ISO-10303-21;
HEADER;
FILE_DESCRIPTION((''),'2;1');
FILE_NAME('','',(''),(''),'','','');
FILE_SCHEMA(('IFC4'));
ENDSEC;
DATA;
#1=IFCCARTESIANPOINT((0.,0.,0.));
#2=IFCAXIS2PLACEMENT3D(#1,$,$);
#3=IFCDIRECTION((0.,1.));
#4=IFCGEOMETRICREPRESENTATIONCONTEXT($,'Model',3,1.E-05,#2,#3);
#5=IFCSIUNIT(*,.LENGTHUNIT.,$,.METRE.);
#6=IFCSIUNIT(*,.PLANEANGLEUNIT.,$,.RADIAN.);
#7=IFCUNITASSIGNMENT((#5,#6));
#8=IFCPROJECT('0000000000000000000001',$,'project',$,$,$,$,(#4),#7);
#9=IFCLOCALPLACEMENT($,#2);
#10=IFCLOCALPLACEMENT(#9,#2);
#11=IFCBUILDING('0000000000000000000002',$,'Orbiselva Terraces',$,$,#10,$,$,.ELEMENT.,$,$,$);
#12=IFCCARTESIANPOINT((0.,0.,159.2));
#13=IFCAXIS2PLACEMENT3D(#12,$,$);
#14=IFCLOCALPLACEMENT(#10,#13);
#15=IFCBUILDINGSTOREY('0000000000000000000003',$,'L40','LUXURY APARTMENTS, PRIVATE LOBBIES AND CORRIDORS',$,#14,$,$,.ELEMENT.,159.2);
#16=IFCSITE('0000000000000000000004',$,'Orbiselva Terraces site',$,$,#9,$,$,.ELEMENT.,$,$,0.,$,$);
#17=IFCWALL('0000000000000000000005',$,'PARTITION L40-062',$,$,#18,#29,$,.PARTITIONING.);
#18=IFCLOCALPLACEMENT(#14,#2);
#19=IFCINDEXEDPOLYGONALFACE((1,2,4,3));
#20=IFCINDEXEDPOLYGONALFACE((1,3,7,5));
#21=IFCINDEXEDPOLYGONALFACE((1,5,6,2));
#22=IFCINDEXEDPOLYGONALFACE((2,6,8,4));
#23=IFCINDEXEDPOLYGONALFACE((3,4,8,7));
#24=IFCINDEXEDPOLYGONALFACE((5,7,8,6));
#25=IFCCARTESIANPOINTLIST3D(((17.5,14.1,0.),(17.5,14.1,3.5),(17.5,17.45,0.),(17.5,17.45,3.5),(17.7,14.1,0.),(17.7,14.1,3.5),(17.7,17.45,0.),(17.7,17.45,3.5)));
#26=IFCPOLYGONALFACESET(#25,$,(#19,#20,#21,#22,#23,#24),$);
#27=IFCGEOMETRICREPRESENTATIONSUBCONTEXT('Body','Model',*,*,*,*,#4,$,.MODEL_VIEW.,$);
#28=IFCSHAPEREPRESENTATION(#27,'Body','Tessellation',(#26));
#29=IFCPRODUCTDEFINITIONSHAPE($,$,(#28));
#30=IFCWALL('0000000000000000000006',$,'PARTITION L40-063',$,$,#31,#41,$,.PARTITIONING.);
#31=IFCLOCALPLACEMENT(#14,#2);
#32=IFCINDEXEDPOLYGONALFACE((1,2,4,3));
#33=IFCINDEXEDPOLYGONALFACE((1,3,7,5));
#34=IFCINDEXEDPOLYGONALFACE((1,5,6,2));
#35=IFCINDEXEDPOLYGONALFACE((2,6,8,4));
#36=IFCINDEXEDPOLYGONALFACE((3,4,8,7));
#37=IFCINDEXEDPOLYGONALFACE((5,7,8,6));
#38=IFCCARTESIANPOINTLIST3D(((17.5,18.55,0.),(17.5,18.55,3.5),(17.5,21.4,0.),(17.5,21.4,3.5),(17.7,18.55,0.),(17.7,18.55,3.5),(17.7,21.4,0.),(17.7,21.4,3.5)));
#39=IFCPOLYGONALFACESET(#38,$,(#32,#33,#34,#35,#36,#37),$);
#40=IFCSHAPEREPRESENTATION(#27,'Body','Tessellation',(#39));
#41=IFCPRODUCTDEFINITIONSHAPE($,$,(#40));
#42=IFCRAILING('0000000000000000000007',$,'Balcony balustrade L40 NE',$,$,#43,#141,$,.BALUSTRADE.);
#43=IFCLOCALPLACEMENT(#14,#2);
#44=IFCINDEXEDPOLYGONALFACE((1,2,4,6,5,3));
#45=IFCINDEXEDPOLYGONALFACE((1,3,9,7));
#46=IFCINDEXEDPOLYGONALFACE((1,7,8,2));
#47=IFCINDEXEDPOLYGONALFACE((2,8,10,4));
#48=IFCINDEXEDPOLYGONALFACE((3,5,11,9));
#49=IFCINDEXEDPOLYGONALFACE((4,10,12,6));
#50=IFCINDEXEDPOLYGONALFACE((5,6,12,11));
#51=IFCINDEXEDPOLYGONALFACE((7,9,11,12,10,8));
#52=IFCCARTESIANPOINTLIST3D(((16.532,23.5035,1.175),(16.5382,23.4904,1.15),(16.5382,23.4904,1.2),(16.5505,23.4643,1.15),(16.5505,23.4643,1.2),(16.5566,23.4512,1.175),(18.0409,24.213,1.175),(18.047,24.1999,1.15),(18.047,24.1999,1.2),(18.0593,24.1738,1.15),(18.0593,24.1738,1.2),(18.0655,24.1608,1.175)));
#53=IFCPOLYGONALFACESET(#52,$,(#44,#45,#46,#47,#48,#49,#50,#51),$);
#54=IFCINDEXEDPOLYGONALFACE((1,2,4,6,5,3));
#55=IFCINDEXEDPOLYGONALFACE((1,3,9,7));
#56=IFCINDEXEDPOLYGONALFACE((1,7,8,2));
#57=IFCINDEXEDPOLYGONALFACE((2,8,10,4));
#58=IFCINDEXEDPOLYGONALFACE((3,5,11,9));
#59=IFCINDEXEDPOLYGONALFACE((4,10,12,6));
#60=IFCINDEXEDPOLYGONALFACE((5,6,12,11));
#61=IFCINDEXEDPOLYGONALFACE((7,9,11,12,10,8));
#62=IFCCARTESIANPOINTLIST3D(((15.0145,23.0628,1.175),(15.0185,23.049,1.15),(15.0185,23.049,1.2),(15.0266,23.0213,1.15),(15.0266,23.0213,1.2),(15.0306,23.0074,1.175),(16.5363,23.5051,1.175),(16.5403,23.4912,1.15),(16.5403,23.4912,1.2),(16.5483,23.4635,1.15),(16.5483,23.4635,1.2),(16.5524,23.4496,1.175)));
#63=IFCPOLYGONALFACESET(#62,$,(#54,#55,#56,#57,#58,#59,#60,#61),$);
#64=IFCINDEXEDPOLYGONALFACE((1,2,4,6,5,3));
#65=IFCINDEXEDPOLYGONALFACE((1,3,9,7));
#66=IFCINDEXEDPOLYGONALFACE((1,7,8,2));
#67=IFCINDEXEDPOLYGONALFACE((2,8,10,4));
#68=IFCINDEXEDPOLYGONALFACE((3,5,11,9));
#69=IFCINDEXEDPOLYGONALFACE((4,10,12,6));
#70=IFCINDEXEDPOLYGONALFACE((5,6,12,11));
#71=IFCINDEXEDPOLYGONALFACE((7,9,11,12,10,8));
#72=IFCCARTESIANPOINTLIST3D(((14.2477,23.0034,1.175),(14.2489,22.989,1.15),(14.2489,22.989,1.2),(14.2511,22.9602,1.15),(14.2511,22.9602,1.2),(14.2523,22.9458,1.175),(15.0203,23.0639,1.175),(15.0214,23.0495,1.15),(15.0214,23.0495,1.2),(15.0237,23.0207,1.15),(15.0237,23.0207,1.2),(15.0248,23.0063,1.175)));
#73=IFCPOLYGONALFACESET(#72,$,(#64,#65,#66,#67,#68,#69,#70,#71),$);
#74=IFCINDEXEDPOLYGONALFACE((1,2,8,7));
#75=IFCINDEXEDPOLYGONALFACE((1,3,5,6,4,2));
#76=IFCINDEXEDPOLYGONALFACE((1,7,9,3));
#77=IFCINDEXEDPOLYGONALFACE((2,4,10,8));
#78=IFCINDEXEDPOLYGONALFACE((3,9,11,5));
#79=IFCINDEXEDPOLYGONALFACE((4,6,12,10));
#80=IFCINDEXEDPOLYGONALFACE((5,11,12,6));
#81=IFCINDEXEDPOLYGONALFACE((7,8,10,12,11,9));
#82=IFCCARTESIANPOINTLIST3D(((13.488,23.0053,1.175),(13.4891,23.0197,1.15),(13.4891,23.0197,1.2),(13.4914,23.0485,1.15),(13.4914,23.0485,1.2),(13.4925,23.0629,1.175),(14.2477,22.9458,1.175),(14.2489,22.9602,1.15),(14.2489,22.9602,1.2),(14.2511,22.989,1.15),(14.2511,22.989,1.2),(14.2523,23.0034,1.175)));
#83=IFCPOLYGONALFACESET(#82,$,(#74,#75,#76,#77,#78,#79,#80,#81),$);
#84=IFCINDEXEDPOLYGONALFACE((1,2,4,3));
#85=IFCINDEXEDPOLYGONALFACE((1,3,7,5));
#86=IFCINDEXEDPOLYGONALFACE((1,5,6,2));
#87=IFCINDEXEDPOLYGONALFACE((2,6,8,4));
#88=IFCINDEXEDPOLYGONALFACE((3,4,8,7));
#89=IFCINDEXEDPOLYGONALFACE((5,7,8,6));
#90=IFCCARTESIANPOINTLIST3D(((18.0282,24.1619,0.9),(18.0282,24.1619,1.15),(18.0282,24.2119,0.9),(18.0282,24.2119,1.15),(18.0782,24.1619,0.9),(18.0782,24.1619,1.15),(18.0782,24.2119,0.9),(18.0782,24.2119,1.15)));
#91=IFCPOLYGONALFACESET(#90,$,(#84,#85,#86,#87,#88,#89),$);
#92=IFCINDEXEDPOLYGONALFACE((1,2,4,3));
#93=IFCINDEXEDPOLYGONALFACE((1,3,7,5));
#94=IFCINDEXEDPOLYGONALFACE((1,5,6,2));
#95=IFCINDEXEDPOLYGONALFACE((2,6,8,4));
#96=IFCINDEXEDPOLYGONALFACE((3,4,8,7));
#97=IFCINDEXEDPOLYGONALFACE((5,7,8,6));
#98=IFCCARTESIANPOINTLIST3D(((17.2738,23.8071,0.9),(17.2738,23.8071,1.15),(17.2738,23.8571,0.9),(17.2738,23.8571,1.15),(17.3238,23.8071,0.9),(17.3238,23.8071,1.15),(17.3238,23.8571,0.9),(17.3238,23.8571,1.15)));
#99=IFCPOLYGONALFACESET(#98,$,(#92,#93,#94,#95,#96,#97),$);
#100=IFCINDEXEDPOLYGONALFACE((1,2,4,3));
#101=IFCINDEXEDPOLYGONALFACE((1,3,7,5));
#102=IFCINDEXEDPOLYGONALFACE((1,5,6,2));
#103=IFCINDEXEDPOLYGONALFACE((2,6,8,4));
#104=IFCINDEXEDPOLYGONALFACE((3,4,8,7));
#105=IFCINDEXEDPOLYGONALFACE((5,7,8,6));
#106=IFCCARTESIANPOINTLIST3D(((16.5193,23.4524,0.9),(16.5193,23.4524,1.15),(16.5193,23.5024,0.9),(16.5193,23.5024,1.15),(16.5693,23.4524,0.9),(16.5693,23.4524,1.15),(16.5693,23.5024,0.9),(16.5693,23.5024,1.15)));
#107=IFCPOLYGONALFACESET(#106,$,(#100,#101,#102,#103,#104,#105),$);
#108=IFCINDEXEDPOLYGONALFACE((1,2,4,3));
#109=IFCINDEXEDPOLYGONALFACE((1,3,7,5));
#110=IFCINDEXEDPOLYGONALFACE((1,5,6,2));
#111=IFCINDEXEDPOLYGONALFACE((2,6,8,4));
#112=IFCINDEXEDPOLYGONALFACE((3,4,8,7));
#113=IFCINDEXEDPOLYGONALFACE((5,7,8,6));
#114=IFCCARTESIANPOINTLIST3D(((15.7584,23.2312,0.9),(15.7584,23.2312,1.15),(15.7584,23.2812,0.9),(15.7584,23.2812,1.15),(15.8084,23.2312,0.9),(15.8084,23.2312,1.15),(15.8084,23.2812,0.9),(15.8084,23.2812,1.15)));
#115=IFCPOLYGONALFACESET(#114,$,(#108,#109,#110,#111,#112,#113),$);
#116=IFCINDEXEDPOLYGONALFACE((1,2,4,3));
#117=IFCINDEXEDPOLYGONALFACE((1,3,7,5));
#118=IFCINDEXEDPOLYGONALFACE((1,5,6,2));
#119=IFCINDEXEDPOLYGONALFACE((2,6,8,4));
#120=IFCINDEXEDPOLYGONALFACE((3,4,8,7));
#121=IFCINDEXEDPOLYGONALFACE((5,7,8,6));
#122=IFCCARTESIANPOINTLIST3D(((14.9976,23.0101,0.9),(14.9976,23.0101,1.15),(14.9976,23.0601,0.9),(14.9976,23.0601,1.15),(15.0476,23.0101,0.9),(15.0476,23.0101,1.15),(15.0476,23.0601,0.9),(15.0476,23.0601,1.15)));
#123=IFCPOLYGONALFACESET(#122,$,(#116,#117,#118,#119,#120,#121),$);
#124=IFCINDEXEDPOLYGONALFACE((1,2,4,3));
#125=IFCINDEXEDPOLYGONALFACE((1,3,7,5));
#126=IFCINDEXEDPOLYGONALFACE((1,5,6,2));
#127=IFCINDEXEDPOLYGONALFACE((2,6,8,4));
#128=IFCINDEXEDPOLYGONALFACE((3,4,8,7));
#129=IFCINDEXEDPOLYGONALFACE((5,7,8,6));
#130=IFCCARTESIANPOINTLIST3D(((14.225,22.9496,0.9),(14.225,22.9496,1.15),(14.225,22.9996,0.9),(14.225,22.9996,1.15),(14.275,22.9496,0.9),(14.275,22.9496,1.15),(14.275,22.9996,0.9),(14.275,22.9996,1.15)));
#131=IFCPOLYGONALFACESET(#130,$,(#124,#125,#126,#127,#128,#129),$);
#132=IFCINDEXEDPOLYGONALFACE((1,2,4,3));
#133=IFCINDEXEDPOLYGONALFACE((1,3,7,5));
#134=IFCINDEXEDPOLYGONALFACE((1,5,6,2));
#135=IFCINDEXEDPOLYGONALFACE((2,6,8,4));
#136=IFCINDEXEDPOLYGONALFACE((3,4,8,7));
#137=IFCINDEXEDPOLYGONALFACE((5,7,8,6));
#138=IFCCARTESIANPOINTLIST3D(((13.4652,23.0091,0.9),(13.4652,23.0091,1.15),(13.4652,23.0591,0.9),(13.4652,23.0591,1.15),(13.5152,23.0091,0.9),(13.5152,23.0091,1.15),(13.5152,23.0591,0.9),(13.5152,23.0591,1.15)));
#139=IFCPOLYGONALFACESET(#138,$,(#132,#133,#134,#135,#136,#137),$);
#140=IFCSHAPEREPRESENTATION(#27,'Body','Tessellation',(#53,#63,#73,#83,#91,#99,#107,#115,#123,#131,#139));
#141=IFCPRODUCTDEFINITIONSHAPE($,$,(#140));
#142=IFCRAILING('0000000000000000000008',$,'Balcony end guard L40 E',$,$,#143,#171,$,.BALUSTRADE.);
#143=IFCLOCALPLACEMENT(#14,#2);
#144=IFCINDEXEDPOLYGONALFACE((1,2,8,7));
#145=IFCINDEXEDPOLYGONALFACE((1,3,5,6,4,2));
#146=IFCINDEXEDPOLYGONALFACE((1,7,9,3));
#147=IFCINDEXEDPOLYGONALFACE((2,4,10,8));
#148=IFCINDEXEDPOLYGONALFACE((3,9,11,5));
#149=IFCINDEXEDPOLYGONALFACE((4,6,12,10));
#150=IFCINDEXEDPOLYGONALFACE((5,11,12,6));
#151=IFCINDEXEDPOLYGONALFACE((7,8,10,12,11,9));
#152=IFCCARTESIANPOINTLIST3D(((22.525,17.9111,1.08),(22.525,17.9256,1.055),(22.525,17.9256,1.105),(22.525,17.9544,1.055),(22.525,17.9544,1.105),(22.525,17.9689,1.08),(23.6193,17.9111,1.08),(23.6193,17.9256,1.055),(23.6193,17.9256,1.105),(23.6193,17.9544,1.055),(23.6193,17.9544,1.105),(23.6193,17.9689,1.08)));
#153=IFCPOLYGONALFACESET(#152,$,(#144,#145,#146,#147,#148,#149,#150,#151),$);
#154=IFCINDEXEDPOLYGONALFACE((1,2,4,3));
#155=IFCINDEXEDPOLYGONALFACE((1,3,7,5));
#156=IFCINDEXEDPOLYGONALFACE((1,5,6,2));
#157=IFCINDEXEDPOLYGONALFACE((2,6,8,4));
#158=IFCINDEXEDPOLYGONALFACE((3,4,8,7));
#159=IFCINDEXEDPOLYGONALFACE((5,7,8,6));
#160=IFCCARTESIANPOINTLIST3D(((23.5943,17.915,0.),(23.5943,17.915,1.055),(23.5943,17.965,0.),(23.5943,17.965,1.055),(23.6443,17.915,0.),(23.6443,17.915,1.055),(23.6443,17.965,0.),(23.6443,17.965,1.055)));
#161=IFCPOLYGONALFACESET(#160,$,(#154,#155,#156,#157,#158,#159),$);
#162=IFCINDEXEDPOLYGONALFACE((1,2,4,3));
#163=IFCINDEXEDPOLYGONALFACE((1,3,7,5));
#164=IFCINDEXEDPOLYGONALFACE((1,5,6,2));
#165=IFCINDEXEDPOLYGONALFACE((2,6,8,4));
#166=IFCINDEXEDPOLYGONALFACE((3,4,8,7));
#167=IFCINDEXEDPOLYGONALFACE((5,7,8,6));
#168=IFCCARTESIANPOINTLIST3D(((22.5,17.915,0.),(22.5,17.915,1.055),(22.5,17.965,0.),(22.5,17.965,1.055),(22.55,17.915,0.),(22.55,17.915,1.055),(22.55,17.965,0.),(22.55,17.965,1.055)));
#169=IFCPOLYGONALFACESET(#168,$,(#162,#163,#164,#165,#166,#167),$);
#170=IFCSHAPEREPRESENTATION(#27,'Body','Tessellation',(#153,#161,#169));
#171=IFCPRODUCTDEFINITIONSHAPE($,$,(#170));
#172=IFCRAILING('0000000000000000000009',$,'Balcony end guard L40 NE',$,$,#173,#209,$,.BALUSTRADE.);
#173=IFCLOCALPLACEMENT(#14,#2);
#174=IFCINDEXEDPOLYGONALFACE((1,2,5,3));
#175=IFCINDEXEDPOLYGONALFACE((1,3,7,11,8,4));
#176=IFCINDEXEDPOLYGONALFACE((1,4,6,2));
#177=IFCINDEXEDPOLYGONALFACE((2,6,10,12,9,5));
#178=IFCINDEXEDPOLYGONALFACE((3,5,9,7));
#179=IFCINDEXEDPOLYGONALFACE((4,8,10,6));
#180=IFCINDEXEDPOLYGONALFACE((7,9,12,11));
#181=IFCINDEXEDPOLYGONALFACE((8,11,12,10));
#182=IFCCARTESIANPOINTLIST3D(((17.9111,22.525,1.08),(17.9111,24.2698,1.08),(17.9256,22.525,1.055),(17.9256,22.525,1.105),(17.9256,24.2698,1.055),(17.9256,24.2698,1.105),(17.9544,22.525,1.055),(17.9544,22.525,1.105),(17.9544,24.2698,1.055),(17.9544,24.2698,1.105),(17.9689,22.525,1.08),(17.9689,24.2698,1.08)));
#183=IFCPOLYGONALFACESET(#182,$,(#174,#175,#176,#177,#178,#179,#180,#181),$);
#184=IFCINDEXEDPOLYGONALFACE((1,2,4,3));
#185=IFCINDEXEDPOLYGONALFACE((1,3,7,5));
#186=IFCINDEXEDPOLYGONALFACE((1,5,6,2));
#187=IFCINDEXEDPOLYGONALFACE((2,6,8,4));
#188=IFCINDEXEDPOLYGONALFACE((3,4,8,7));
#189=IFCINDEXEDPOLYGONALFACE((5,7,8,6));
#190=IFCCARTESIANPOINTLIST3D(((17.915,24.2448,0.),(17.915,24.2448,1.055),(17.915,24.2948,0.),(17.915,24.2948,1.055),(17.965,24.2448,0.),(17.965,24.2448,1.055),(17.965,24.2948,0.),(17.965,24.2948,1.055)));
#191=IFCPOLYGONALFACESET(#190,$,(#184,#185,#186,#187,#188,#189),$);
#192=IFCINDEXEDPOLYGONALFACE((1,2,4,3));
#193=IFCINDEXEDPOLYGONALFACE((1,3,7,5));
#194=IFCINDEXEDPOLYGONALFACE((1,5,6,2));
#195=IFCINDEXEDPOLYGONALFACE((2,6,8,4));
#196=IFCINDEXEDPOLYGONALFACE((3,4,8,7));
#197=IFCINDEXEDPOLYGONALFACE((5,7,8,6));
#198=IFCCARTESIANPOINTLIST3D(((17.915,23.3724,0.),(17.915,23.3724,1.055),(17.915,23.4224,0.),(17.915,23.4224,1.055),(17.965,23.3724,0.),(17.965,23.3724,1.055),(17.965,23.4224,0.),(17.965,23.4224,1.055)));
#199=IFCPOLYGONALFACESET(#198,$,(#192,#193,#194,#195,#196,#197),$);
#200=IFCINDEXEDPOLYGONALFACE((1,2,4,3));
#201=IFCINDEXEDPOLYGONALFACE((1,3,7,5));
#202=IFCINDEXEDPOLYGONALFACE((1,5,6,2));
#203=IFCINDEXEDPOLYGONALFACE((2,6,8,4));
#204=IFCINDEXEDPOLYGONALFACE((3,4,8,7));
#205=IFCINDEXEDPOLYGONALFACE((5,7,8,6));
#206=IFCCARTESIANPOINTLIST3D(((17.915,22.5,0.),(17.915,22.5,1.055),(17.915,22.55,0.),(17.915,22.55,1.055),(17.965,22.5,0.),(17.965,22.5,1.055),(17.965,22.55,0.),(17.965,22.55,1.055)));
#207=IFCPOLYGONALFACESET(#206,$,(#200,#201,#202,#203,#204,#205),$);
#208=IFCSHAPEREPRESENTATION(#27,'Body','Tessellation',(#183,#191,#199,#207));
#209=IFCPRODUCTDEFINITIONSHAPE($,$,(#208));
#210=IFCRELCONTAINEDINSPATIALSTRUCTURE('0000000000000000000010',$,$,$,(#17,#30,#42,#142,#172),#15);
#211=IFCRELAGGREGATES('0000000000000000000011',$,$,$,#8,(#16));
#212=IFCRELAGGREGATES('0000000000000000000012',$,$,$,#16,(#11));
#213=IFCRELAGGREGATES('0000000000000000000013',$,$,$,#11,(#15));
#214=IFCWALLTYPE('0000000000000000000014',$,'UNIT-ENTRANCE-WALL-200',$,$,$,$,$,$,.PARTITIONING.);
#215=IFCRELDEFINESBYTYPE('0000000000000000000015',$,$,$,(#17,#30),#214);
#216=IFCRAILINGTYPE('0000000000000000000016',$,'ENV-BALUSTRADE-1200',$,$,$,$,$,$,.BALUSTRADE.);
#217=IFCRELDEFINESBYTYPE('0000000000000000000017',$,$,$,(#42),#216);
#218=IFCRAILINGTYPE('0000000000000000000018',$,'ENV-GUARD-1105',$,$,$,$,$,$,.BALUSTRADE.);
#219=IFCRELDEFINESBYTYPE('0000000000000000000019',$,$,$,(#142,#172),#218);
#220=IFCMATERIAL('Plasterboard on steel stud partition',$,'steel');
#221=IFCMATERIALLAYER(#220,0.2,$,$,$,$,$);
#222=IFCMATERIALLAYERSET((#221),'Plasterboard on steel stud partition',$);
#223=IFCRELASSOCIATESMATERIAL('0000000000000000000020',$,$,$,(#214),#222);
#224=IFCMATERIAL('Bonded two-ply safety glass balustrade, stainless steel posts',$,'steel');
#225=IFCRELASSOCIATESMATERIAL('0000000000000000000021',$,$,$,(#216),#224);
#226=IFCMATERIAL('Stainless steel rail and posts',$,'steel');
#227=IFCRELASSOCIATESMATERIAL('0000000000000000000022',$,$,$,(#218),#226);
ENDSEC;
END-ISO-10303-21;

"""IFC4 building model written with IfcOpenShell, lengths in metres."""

from ifc_helpers import new_model, si_unit, direction, frame, frame_2d, origin, origin_2d, place, context, subcontext, project, spatial, polyline, rectangle, outline, extrude, material, layer, layer_set, type_object, element, save


model = new_model("IFC4")

# Units and contexts
model_context = context("Model", 3, precision=1e-05, world=origin(), true_north=direction((0.0, 1.0)))
body_context = subcontext(model_context, "Body", "Model", "MODEL_VIEW")
ifc_project = project(units=[si_unit("LENGTHUNIT", "METRE"), si_unit("PLANEANGLEUNIT", "RADIAN")], contexts=[model_context])

# Site, building, storey
site_placement = place(None, origin())
site = spatial("IfcSite", under=ifc_project, at=site_placement, Name="Orbiselva Terraces site", CompositionType="ELEMENT", RefElevation=0.0)
building_placement = place(site_placement, origin())
building = spatial("IfcBuilding", under=site, at=building_placement, Name="Orbiselva Terraces", CompositionType="ELEMENT")
storey_placement = place(building_placement, frame((0.0, 0.0, 159.2)))
storey = spatial("IfcBuildingStorey", under=building, at=storey_placement, Name="L40", Description="LUXURY APARTMENTS, PRIVATE LOBBIES AND CORRIDORS", CompositionType="ELEMENT", Elevation=159.2)

# Walls
ifc_material_1 = material(Name="Plasterboard on steel stud partition", Category="steel")
ifc_layer_1 = layer(ifc_material_1, 0.2)
ifc_layer_set_1 = layer_set([ifc_layer_1], Name="Plasterboard on steel stud partition")
wall_type_1 = type_object("IfcWallType", Name="UNIT-ENTRANCE-WALL-200", PredefinedType="PARTITIONING", material=ifc_layer_set_1)
wall_1_placement = place(storey_placement, frame((17.6, 14.1, 0.0), z_axis=(0.0, 0.0, 1.0), x_axis=(0.0, 1.0, 0.0)))
element("IfcWall", 1, at=wall_1_placement, inside=storey, type_object=wall_type_1, Name="PARTITION L40-062", PredefinedType="PARTITIONING", context=body_context, shape_type="SweptSolid", body=[
    extrude(rectangle(XDim=3.35, YDim=0.2, at=frame_2d((1.675, 0.0))), origin(), (0.0, 0.0, 1.0), 3.5),
])
wall_2_placement = place(storey_placement, frame((17.6, 18.55, 0.0), z_axis=(0.0, 0.0, 1.0), x_axis=(0.0, 1.0, 0.0)))
element("IfcWall", 2, at=wall_2_placement, inside=storey, type_object=wall_type_1, Name="PARTITION L40-063", PredefinedType="PARTITIONING", context=body_context, shape_type="SweptSolid", body=[
    extrude(rectangle(XDim=2.85, YDim=0.2, at=frame_2d((1.425, 0.0))), origin(), (0.0, 0.0, 1.0), 3.5),
])

# Railings
ifc_material_2 = material(Name="Bonded two-ply safety glass balustrade, stainless steel posts", Category="steel")
railing_type_1 = type_object("IfcRailingType", Name="ENV-BALUSTRADE-1200", PredefinedType="BALUSTRADE", material=ifc_material_2)
railing_1_placement = place(storey_placement, frame((18.0532, 24.1869, 0.9)))
element("IfcRailing", 3, at=railing_1_placement, inside=storey, type_object=railing_type_1, Name="Balcony balustrade L40 NE", PredefinedType="BALUSTRADE", context=body_context, shape_type="SweptSolid", body=[
    extrude(outline(polyline([(0.0289, 0.0), (0.0144, 0.025), (-0.0144, 0.025), (-0.0289, 0.0), (-0.0144, -0.025), (0.0144, -0.025), (0.0289, 0.0)])), frame((0.0, 0.0, 0.275), z_axis=(-0.904944, -0.42553, 0.0), x_axis=(0.42553, -0.904944, 0.0)), (0.0, 0.0, 1.0), 1.6674),
    extrude(outline(polyline([(0.0289, 0.0), (0.0144, 0.025), (-0.0144, 0.025), (-0.0289, 0.0), (-0.0144, -0.025), (0.0144, -0.025), (0.0289, 0.0)])), frame((-1.5089, -0.7095, 0.275), z_axis=(-0.96027, -0.279071, 0.0), x_axis=(0.279071, -0.96027, 0.0)), (0.0, 0.0, 1.0), 1.5847),
    extrude(outline(polyline([(0.0289, 0.0), (0.0144, 0.025), (-0.0144, 0.025), (-0.0289, 0.0), (-0.0144, -0.025), (0.0144, -0.025), (0.0289, 0.0)])), frame((-3.0306, -1.1518, 0.275), z_axis=(-0.996948, -0.078071, 0.0), x_axis=(0.078071, -0.996948, 0.0)), (0.0, 0.0, 1.0), 0.7749),
    extrude(outline(polyline([(0.0289, 0.0), (0.0144, 0.025), (-0.0144, 0.025), (-0.0289, 0.0), (-0.0144, -0.025), (0.0144, -0.025), (0.0289, 0.0)])), frame((-3.8032, -1.2123, 0.275), z_axis=(-0.996948, 0.078071, 0.0), x_axis=(-0.078071, -0.996948, 0.0)), (0.0, 0.0, 1.0), 0.7621),
    extrude(rectangle(XDim=0.05, YDim=0.05, at=origin_2d()), origin(), (0.0, 0.0, 1.0), 0.25),
    extrude(rectangle(XDim=0.05, YDim=0.05, at=origin_2d()), frame((-0.7544, -0.3548, 0.0)), (0.0, 0.0, 1.0), 0.25),
    extrude(rectangle(XDim=0.05, YDim=0.05, at=origin_2d()), frame((-1.5089, -0.7095, 0.0)), (0.0, 0.0, 1.0), 0.25),
    extrude(rectangle(XDim=0.05, YDim=0.05, at=origin_2d()), frame((-2.2698, -0.9306, 0.0)), (0.0, 0.0, 1.0), 0.25),
    extrude(rectangle(XDim=0.05, YDim=0.05, at=origin_2d()), frame((-3.0306, -1.1518, 0.0)), (0.0, 0.0, 1.0), 0.25),
    extrude(rectangle(XDim=0.05, YDim=0.05, at=origin_2d()), frame((-3.8032, -1.2123, 0.0)), (0.0, 0.0, 1.0), 0.25),
    extrude(rectangle(XDim=0.05, YDim=0.05, at=origin_2d()), frame((-4.5629, -1.1528, 0.0)), (0.0, 0.0, 1.0), 0.25),
])
ifc_material_3 = material(Name="Stainless steel rail and posts", Category="steel")
railing_type_2 = type_object("IfcRailingType", Name="ENV-GUARD-1105", PredefinedType="BALUSTRADE", material=ifc_material_3)
railing_2_placement = place(storey_placement, frame((23.6193, 17.94, 0.0)))
element("IfcRailing", 4, at=railing_2_placement, inside=storey, type_object=railing_type_2, Name="Balcony end guard L40 E", PredefinedType="BALUSTRADE", context=body_context, shape_type="SweptSolid", body=[
    extrude(outline(polyline([(0.0289, 0.0), (0.0144, 0.025), (-0.0144, 0.025), (-0.0289, 0.0), (-0.0144, -0.025), (0.0144, -0.025), (0.0289, 0.0)])), frame((0.0, 0.0, 1.08), z_axis=(-1.0, 0.0, 0.0), x_axis=(0.0, -1.0, 0.0)), (0.0, 0.0, 1.0), 1.0943),
    extrude(rectangle(XDim=0.05, YDim=0.05, at=origin_2d()), origin(), (0.0, 0.0, 1.0), 1.055),
    extrude(rectangle(XDim=0.05, YDim=0.05, at=origin_2d()), frame((-1.0943, 0.0, 0.0)), (0.0, 0.0, 1.0), 1.055),
])
railing_3_placement = place(storey_placement, frame((17.94, 24.2698, 0.0)))
element("IfcRailing", 5, at=railing_3_placement, inside=storey, type_object=railing_type_2, Name="Balcony end guard L40 NE", PredefinedType="BALUSTRADE", context=body_context, shape_type="SweptSolid", body=[
    extrude(outline(polyline([(0.0289, 0.0), (0.0144, 0.025), (-0.0144, 0.025), (-0.0289, 0.0), (-0.0144, -0.025), (0.0144, -0.025), (0.0289, 0.0)])), frame((0.0, 0.0, 1.08), z_axis=(0.0, -1.0, 0.0), x_axis=(1.0, 0.0, 0.0)), (0.0, 0.0, 1.0), 1.7448),
    extrude(rectangle(XDim=0.05, YDim=0.05, at=origin_2d()), origin(), (0.0, 0.0, 1.0), 1.055),
    extrude(rectangle(XDim=0.05, YDim=0.05, at=origin_2d()), frame((0.0, -0.8724, 0.0)), (0.0, 0.0, 1.0), 1.055),
    extrude(rectangle(XDim=0.05, YDim=0.05, at=origin_2d()), frame((0.0, -1.7448, 0.0)), (0.0, 0.0, 1.0), 1.055),
])

save(model, "model.ifc")
